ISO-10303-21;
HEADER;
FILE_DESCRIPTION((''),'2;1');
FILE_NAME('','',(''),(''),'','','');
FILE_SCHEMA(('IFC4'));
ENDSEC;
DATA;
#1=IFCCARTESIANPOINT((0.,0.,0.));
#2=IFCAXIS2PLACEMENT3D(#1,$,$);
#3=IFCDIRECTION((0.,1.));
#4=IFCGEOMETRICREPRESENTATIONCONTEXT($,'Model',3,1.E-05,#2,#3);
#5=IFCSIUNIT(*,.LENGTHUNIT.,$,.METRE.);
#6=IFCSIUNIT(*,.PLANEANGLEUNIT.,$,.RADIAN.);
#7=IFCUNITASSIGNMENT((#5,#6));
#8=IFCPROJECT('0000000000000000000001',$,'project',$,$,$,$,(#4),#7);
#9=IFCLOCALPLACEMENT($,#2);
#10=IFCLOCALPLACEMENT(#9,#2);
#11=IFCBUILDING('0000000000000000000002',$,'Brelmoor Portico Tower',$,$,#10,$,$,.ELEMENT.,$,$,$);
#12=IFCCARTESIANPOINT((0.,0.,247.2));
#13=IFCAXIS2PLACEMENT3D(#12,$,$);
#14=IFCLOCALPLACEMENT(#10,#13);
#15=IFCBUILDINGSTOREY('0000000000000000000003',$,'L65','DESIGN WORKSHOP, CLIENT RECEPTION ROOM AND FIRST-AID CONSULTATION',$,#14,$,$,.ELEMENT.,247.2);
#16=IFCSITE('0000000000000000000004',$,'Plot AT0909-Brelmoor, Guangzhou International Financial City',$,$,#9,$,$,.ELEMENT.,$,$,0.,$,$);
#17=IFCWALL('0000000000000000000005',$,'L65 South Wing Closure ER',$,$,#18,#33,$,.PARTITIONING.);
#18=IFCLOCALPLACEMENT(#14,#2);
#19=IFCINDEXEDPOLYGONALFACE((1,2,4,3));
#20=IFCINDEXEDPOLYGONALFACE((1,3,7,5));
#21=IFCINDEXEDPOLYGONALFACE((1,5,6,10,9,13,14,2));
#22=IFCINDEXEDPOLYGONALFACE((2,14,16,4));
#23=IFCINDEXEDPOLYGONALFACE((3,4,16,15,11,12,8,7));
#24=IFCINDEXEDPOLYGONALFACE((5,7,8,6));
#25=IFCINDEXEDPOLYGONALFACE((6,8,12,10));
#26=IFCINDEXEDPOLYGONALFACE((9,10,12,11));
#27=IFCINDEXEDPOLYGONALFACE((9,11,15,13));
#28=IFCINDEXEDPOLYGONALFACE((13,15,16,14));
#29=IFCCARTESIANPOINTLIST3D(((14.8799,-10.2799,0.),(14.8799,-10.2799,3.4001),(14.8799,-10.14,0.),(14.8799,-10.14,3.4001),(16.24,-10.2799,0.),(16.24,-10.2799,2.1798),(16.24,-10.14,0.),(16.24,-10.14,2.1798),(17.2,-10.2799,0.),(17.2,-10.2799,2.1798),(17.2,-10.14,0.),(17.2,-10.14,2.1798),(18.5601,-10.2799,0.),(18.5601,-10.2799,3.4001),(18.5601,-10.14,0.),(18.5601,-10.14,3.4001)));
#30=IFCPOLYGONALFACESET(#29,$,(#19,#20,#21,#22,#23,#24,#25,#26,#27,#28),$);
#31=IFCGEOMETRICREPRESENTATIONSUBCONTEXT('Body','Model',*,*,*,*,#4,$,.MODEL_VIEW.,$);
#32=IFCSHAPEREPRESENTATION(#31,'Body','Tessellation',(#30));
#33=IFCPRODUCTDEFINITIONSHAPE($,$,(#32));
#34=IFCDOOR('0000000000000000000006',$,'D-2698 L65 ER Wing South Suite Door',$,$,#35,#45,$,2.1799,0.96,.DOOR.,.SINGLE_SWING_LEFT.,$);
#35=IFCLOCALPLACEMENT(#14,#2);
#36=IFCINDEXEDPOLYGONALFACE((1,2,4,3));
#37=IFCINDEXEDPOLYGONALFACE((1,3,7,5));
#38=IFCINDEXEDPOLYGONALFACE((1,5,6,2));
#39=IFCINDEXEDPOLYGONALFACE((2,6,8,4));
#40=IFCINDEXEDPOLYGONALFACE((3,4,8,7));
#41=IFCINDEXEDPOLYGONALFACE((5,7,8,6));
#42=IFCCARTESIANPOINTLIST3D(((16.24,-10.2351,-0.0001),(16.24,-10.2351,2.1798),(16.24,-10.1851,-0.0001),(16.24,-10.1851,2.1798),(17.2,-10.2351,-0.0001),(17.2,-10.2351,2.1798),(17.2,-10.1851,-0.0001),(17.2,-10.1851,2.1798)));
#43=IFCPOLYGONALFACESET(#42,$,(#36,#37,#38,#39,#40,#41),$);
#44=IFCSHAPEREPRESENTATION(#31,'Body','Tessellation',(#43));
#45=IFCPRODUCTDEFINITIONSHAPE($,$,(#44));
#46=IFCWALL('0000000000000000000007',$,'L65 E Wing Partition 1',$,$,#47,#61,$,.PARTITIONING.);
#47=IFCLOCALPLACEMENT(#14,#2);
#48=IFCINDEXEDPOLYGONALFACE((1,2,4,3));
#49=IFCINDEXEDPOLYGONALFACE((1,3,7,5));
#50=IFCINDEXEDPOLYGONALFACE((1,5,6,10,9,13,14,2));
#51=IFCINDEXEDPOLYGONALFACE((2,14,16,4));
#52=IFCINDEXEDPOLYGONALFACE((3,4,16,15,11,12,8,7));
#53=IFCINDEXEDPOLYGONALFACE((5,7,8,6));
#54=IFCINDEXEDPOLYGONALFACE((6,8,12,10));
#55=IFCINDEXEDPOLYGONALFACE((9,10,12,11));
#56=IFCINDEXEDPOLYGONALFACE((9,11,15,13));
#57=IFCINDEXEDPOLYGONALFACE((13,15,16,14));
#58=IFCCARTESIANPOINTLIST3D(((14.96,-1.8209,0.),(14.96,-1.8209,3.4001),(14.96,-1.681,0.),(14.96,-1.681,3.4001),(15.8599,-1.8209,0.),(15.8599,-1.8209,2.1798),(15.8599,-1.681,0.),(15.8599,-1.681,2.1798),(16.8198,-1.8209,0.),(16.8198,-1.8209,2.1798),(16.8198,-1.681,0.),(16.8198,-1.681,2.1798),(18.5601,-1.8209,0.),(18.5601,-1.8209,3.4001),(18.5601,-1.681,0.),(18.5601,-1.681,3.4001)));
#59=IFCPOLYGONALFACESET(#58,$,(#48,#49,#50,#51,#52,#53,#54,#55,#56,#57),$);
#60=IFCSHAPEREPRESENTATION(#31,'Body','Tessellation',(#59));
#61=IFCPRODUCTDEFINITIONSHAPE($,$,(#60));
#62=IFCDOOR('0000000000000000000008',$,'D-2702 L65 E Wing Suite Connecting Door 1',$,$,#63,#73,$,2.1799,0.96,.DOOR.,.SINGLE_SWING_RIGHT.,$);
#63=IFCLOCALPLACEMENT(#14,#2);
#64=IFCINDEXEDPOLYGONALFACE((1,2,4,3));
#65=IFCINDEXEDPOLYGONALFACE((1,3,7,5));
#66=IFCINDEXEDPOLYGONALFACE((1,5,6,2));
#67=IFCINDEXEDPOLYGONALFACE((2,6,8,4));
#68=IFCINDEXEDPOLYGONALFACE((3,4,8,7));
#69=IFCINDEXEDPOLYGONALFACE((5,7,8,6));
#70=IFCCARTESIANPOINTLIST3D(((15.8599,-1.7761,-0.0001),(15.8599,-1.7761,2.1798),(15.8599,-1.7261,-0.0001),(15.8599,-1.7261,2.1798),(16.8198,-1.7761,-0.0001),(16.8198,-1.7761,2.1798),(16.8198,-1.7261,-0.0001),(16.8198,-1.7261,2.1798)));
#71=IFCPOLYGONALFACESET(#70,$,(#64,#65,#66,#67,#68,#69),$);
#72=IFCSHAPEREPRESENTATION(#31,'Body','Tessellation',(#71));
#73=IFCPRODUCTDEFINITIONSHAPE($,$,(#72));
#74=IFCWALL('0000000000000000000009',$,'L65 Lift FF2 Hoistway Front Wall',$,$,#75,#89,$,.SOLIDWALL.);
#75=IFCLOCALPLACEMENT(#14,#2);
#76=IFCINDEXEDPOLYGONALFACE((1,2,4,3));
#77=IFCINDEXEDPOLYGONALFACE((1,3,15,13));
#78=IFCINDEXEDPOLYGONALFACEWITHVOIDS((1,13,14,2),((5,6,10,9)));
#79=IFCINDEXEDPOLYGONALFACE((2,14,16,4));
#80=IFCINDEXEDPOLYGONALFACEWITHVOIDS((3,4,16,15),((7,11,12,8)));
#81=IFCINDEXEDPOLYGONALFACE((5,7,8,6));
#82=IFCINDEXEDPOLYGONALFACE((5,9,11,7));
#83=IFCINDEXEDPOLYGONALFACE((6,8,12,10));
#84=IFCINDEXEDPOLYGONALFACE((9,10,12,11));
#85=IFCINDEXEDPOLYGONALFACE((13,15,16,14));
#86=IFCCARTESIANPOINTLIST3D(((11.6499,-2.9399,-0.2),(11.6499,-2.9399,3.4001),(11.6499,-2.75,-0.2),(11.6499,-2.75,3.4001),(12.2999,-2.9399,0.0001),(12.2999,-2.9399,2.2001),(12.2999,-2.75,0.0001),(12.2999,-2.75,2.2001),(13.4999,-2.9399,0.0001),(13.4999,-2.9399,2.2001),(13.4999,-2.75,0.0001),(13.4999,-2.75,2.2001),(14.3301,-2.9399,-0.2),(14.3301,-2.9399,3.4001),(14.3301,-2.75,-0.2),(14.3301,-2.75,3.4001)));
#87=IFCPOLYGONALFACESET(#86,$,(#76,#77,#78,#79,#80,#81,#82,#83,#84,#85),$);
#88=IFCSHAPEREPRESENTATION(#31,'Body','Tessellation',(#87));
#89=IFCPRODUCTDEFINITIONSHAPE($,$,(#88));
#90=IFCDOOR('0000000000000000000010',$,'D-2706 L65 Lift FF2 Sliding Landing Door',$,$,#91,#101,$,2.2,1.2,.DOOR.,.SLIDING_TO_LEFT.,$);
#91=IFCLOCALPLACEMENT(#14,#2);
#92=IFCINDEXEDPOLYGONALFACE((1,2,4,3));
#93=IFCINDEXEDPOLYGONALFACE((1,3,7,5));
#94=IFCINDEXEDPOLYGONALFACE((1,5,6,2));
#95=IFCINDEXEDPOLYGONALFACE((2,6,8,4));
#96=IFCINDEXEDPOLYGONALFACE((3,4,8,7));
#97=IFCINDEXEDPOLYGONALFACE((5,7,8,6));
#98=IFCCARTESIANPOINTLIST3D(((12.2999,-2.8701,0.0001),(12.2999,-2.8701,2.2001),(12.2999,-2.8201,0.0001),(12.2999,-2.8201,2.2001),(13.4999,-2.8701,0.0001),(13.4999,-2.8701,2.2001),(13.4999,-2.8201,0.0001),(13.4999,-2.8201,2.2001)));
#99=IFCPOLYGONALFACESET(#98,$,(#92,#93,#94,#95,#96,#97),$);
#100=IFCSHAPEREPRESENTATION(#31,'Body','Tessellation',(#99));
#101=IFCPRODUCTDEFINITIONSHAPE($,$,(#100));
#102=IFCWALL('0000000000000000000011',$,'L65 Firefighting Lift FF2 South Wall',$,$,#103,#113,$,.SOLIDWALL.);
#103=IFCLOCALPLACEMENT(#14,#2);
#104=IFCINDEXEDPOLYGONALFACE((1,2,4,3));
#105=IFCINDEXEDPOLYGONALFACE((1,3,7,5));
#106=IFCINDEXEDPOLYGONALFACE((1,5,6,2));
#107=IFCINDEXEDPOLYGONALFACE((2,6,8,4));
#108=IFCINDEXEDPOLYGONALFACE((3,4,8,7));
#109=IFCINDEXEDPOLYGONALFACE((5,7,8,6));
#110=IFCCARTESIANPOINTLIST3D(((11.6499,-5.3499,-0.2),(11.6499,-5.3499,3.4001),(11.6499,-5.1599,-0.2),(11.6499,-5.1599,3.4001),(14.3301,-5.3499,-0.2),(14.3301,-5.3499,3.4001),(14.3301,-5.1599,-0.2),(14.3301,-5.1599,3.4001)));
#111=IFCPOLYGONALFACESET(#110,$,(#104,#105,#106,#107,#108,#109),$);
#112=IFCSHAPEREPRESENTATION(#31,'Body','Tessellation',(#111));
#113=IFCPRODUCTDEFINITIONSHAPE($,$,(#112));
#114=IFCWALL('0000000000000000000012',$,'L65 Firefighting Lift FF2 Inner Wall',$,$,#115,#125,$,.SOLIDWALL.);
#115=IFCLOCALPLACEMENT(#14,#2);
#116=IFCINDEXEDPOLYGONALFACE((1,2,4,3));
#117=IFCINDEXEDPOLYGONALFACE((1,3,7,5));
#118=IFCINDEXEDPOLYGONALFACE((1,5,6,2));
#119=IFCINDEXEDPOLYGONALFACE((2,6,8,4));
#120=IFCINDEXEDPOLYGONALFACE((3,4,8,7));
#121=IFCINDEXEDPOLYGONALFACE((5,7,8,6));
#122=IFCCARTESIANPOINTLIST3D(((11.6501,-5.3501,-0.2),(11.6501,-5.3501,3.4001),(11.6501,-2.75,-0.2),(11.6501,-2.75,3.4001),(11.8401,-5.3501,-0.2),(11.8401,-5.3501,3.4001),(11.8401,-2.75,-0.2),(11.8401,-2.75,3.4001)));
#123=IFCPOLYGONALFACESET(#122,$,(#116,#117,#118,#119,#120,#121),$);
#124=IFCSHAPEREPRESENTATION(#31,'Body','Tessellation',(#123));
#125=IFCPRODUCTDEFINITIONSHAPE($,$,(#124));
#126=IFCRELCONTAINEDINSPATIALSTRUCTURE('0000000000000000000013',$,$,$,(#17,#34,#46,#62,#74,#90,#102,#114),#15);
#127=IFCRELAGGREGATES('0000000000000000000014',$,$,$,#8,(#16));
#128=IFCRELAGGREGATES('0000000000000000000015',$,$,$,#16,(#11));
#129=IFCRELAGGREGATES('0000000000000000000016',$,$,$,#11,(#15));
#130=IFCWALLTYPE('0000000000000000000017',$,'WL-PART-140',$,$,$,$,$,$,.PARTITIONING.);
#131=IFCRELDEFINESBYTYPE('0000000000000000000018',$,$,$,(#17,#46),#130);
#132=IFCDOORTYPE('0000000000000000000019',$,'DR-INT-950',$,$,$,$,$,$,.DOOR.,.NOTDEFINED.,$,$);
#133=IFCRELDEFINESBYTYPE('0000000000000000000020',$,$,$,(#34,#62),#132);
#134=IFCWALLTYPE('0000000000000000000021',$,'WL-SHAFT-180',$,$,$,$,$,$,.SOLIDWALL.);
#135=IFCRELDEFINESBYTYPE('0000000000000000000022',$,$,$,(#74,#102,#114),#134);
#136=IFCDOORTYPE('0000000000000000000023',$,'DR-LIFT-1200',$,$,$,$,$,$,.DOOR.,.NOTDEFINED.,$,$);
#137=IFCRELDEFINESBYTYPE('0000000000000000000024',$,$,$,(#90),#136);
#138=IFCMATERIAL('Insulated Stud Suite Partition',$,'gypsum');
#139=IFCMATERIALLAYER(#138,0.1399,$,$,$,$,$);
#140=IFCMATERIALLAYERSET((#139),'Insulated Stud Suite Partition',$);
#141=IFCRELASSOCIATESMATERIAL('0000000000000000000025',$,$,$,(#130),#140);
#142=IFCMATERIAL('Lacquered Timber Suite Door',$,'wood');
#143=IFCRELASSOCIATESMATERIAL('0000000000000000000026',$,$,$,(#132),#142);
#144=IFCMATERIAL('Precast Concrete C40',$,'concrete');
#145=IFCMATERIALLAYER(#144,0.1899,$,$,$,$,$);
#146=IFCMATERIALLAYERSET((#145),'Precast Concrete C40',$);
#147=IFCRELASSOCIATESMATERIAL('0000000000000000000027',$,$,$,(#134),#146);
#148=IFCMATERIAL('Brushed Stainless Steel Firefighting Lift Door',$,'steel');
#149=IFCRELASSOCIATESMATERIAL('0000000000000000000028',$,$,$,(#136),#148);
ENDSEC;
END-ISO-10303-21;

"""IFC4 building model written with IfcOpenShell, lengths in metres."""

from ifc_helpers import new_model, si_unit, direction, frame, frame_2d, origin, place, context, subcontext, project, spatial, rectangle, extrude, material, layer, layer_set, type_object, element, fill, save


model = new_model("IFC4")

# Units and contexts
model_context = context("Model", 3, precision=1e-05, world=origin(), true_north=direction((0.0, 1.0)))
body_context = subcontext(model_context, "Body", "Model", "MODEL_VIEW")
ifc_project = project(units=[si_unit("LENGTHUNIT", "METRE"), si_unit("PLANEANGLEUNIT", "RADIAN")], contexts=[model_context])

# Site, building, storey
site_placement = place(None, origin())
site = spatial("IfcSite", under=ifc_project, at=site_placement, Name="Plot AT0909-Brelmoor, Guangzhou International Financial City", CompositionType="ELEMENT", RefElevation=0.0)
building_placement = place(site_placement, origin())
building = spatial("IfcBuilding", under=site, at=building_placement, Name="Brelmoor Portico Tower", CompositionType="ELEMENT")
storey_placement = place(building_placement, frame((0.0, 0.0, 247.2)))
storey = spatial("IfcBuildingStorey", under=building, at=storey_placement, Name="L65", Description="DESIGN WORKSHOP, CLIENT RECEPTION ROOM AND FIRST-AID CONSULTATION", CompositionType="ELEMENT", Elevation=247.2)

# Walls, openings, doors
ifc_material_1 = material(Name="Insulated Stud Suite Partition", Category="gypsum")
ifc_layer_1 = layer(ifc_material_1, 0.1399)
ifc_layer_set_1 = layer_set([ifc_layer_1], Name="Insulated Stud Suite Partition")
wall_type_1 = type_object("IfcWallType", Name="WL-PART-140", PredefinedType="PARTITIONING", material=ifc_layer_set_1)
wall_1_placement = place(storey_placement, frame((14.8799, -10.21, 0.0), z_axis=(0.0, 0.0, 1.0), x_axis=(1.0, 0.0, 0.0)))
wall_1 = element("IfcWall", 1, at=wall_1_placement, inside=storey, type_object=wall_type_1, Name="L65 South Wing Closure ER", PredefinedType="PARTITIONING", context=body_context, shape_type="SweptSolid", body=[
    extrude(rectangle(XDim=3.6802, YDim=0.1399, at=frame_2d((1.8401, 0.0))), origin(), (0.0, 0.0, 1.0), 3.4001),
])
opening_1_placement = place(wall_1_placement, frame((1.3601, 0.0, 0.0)))
opening_1 = element("IfcOpeningElement", 2, at=opening_1_placement, cuts=wall_1, PredefinedType="OPENING", context=body_context, shape_type="SweptSolid", body=[
    extrude(rectangle(XDim=0.96, YDim=2.1799, at=frame_2d((0.48, 1.0898))), frame((0.0, 0.0798, 0.0), z_axis=(0.0, -1.0, 0.0), x_axis=(1.0, 0.0, 0.0)), (0.0, 0.0, 1.0), 0.1599),
])
ifc_material_2 = material(Name="Lacquered Timber Suite Door", Category="wood")
door_type_1 = type_object("IfcDoorType", Name="DR-INT-950", OperationType="NOTDEFINED", PredefinedType="DOOR", material=ifc_material_2)
door_1_placement = place(opening_1_placement, origin())
door_1 = element("IfcDoor", 3, at=door_1_placement, inside=storey, type_object=door_type_1, Name="D-2698 L65 ER Wing South Suite Door", OperationType="SINGLE_SWING_LEFT", OverallHeight=2.1799, OverallWidth=0.96, PredefinedType="DOOR", context=body_context, shape_type="SweptSolid", body=[
    extrude(rectangle(XDim=0.96, YDim=2.1799, at=frame_2d((0.48, 1.0898))), frame((0.0, 0.0249, 0.0), z_axis=(0.0, -1.0, 0.0), x_axis=(1.0, 0.0, 0.0)), (0.0, 0.0, 1.0), 0.05),
])
fill(opening_1, door_1)
wall_2_placement = place(storey_placement, frame((14.96, -1.751, 0.0), z_axis=(0.0, 0.0, 1.0), x_axis=(1.0, 0.0, 0.0)))
wall_2 = element("IfcWall", 4, at=wall_2_placement, inside=storey, type_object=wall_type_1, Name="L65 E Wing Partition 1", PredefinedType="PARTITIONING", context=body_context, shape_type="SweptSolid", body=[
    extrude(rectangle(XDim=3.6001, YDim=0.1399, at=frame_2d((1.8, 0.0))), origin(), (0.0, 0.0, 1.0), 3.4001),
])
opening_2_placement = place(wall_2_placement, frame((0.8999, 0.0, 0.0)))
opening_2 = element("IfcOpeningElement", 5, at=opening_2_placement, cuts=wall_2, PredefinedType="OPENING", context=body_context, shape_type="SweptSolid", body=[
    extrude(rectangle(XDim=0.96, YDim=2.1799, at=frame_2d((0.48, 1.0898))), frame((0.0, 0.0798, 0.0), z_axis=(0.0, -1.0, 0.0), x_axis=(1.0, 0.0, 0.0)), (0.0, 0.0, 1.0), 0.1599),
])
door_2_placement = place(opening_2_placement, origin())
door_2 = element("IfcDoor", 6, at=door_2_placement, inside=storey, type_object=door_type_1, Name="D-2702 L65 E Wing Suite Connecting Door 1", OperationType="SINGLE_SWING_RIGHT", OverallHeight=2.1799, OverallWidth=0.96, PredefinedType="DOOR", context=body_context, shape_type="SweptSolid", body=[
    extrude(rectangle(XDim=0.96, YDim=2.1799, at=frame_2d((0.48, 1.0898))), frame((0.0, 0.0249, 0.0), z_axis=(0.0, -1.0, 0.0), x_axis=(1.0, 0.0, 0.0)), (0.0, 0.0, 1.0), 0.05),
])
fill(opening_2, door_2)
ifc_material_3 = material(Name="Precast Concrete C40", Category="concrete")
ifc_layer_2 = layer(ifc_material_3, 0.1899)
ifc_layer_set_2 = layer_set([ifc_layer_2], Name="Precast Concrete C40")
wall_type_2 = type_object("IfcWallType", Name="WL-SHAFT-180", PredefinedType="SOLIDWALL", material=ifc_layer_set_2)
wall_3_placement = place(storey_placement, frame((11.6499, -2.845, -0.2), z_axis=(0.0, 0.0, 1.0), x_axis=(1.0, 0.0, 0.0)))
wall_3 = element("IfcWall", 7, at=wall_3_placement, inside=storey, type_object=wall_type_2, Name="L65 Lift FF2 Hoistway Front Wall", PredefinedType="SOLIDWALL", context=body_context, shape_type="SweptSolid", body=[
    extrude(rectangle(XDim=2.6802, YDim=0.1899, at=frame_2d((1.3401, 0.0))), origin(), (0.0, 0.0, 1.0), 3.6001),
])
opening_3_placement = place(wall_3_placement, frame((0.6499, 0.0, 0.2)))
opening_3 = element("IfcOpeningElement", 8, at=opening_3_placement, cuts=wall_3, PredefinedType="OPENING", context=body_context, shape_type="SweptSolid", body=[
    extrude(rectangle(XDim=1.2, YDim=2.2, at=frame_2d((0.6001, 1.1001))), frame((0.0, 0.105, 0.0), z_axis=(0.0, -1.0, 0.0), x_axis=(1.0, 0.0, 0.0)), (0.0, 0.0, 1.0), 0.21),
])
ifc_material_4 = material(Name="Brushed Stainless Steel Firefighting Lift Door", Category="steel")
door_type_2 = type_object("IfcDoorType", Name="DR-LIFT-1200", OperationType="NOTDEFINED", PredefinedType="DOOR", material=ifc_material_4)
door_3_placement = place(opening_3_placement, origin())
door_3 = element("IfcDoor", 9, at=door_3_placement, inside=storey, type_object=door_type_2, Name="D-2706 L65 Lift FF2 Sliding Landing Door", OperationType="SLIDING_TO_LEFT", OverallHeight=2.2, OverallWidth=1.2, PredefinedType="DOOR", context=body_context, shape_type="SweptSolid", body=[
    extrude(rectangle(XDim=1.2, YDim=2.2, at=frame_2d((0.6001, 1.1001))), frame((0.0, 0.0249, 0.0), z_axis=(0.0, -1.0, 0.0), x_axis=(1.0, 0.0, 0.0)), (0.0, 0.0, 1.0), 0.05),
])
fill(opening_3, door_3)

# Walls
wall_4_placement = place(storey_placement, frame((11.6499, -5.2549, -0.2), z_axis=(0.0, 0.0, 1.0), x_axis=(1.0, 0.0, 0.0)))
element("IfcWall", 10, at=wall_4_placement, inside=storey, type_object=wall_type_2, Name="L65 Firefighting Lift FF2 South Wall", PredefinedType="SOLIDWALL", context=body_context, shape_type="SweptSolid", body=[
    extrude(rectangle(XDim=2.6802, YDim=0.1899, at=frame_2d((1.3401, 0.0))), origin(), (0.0, 0.0, 1.0), 3.6001),
])
wall_5_placement = place(storey_placement, frame((11.7451, -5.3501, -0.2), z_axis=(0.0, 0.0, 1.0), x_axis=(0.0, 1.0, 0.0)))
element("IfcWall", 11, at=wall_5_placement, inside=storey, type_object=wall_type_2, Name="L65 Firefighting Lift FF2 Inner Wall", PredefinedType="SOLIDWALL", context=body_context, shape_type="SweptSolid", body=[
    extrude(rectangle(XDim=2.6001, YDim=0.1899, at=frame_2d((1.3, 0.0))), origin(), (0.0, 0.0, 1.0), 3.6001),
])

save(model, "model.ifc")
